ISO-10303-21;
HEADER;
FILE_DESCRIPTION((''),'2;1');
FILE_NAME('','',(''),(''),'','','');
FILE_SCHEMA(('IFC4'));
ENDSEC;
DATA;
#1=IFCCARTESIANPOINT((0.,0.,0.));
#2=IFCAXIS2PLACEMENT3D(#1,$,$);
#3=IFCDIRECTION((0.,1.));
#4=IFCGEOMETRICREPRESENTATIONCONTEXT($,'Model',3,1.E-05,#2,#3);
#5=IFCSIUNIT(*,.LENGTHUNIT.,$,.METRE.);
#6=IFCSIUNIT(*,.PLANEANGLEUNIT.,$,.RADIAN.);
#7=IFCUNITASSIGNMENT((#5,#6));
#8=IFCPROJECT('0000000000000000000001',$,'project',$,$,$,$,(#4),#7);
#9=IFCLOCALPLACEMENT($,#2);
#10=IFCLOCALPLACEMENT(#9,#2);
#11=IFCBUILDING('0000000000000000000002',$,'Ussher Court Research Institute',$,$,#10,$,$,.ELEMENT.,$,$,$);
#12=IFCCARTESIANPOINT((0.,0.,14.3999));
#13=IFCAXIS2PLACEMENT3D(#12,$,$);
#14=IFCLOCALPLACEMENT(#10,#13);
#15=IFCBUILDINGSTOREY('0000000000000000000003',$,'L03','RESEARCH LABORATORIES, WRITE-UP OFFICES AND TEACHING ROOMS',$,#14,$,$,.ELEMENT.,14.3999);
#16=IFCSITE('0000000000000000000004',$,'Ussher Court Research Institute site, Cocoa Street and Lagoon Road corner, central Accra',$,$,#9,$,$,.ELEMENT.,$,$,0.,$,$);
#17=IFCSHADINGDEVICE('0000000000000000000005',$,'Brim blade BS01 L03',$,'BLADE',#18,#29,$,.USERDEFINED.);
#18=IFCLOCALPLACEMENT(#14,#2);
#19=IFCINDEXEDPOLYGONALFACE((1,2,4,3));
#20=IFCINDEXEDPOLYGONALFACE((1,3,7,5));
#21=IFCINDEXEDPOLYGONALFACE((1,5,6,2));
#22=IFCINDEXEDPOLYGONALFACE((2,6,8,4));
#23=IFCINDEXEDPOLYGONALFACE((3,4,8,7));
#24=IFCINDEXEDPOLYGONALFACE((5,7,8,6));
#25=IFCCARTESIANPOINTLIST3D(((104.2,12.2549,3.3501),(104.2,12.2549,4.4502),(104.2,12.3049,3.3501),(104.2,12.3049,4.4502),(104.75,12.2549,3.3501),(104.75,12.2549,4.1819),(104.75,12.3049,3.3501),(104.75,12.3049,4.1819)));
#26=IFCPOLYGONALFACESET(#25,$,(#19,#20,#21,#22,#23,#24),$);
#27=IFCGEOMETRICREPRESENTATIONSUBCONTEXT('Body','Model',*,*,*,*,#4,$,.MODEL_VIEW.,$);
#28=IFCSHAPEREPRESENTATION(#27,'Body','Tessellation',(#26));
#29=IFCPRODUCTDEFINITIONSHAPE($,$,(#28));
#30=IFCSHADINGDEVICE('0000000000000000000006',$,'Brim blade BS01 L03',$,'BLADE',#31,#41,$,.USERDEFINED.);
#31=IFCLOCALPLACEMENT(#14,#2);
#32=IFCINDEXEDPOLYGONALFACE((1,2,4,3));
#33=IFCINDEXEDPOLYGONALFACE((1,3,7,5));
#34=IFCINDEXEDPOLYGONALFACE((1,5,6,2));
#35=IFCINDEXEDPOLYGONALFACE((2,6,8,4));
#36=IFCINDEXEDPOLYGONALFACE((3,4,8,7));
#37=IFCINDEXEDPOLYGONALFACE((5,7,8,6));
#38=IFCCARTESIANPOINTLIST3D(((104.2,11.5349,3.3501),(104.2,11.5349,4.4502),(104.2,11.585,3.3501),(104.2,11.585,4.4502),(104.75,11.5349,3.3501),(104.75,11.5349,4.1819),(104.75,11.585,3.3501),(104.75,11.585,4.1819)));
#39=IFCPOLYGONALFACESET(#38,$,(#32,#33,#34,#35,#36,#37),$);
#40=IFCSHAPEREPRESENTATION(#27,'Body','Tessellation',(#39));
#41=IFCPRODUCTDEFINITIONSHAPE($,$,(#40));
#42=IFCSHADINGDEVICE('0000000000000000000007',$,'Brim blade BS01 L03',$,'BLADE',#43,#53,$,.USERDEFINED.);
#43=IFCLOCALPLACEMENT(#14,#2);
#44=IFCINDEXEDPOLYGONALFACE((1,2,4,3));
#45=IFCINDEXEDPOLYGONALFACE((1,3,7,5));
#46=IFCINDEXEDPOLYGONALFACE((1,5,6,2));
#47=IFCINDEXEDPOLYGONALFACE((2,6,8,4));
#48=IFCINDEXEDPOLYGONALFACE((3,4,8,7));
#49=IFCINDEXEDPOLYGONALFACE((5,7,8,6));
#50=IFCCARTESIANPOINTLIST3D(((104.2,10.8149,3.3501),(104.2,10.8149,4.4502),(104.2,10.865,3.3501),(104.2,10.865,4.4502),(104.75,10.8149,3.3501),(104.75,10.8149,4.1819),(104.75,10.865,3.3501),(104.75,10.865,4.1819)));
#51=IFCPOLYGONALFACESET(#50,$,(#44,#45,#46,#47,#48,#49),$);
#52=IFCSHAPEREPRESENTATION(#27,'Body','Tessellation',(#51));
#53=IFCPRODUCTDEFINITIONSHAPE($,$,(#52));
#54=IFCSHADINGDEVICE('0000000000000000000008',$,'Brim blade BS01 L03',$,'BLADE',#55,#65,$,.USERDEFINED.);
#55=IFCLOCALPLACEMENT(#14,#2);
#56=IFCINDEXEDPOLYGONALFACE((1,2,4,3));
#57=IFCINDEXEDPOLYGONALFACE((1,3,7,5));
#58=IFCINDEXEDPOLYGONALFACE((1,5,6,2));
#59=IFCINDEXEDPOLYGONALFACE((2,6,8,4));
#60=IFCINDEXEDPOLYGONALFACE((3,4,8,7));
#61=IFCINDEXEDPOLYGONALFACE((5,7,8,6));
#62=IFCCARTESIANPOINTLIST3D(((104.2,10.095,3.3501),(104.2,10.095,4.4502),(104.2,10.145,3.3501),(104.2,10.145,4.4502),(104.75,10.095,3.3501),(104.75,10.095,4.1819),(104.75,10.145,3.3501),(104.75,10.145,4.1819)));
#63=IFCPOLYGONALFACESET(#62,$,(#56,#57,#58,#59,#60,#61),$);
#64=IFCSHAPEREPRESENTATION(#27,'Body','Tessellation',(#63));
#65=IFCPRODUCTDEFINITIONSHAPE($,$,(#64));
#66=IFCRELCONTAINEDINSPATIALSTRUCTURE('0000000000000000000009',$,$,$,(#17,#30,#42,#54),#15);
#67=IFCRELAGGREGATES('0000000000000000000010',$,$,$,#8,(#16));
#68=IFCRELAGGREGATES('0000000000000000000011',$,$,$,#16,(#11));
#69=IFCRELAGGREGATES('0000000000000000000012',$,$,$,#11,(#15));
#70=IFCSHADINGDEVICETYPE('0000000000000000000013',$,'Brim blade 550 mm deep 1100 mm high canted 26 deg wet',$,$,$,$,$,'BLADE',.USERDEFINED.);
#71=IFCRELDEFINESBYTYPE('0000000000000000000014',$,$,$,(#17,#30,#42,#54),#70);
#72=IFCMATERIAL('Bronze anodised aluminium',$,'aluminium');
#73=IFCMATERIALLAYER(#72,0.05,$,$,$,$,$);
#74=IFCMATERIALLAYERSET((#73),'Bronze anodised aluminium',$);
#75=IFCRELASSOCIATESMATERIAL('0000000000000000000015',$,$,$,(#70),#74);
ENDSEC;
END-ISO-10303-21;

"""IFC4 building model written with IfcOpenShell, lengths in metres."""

from ifc_helpers import new_model, si_unit, direction, frame, origin, place, context, subcontext, project, spatial, polyline, outline, extrude, material, layer, layer_set, type_object, element, save


model = new_model("IFC4")

# Units and contexts
model_context = context("Model", 3, precision=1e-05, world=origin(), true_north=direction((0.0, 1.0)))
body_context = subcontext(model_context, "Body", "Model", "MODEL_VIEW")
ifc_project = project(units=[si_unit("LENGTHUNIT", "METRE"), si_unit("PLANEANGLEUNIT", "RADIAN")], contexts=[model_context])

# Site, building, storey
site_placement = place(None, origin())
site = spatial("IfcSite", under=ifc_project, at=site_placement, Name="Ussher Court Research Institute site, Cocoa Street and Lagoon Road corner, central Accra", CompositionType="ELEMENT", RefElevation=0.0)
building_placement = place(site_placement, origin())
building = spatial("IfcBuilding", under=site, at=building_placement, Name="Ussher Court Research Institute", CompositionType="ELEMENT")
storey_placement = place(building_placement, frame((0.0, 0.0, 14.3999)))
storey = spatial("IfcBuildingStorey", under=building, at=storey_placement, Name="L03", Description="RESEARCH LABORATORIES, WRITE-UP OFFICES AND TEACHING ROOMS", CompositionType="ELEMENT", Elevation=14.3999)

# Shading devices
ifc_material_1 = material(Name="Bronze anodised aluminium", Category="aluminium")
ifc_layer_1 = layer(ifc_material_1, 0.05)
ifc_layer_set_1 = layer_set([ifc_layer_1], Name="Bronze anodised aluminium")
shading_device_type_1 = type_object("IfcShadingDeviceType", Name="Brim blade 550 mm deep 1100 mm high canted 26 deg wet", ElementType="BLADE", PredefinedType="USERDEFINED", material=ifc_layer_set_1)
for number, where, z_axis, x_axis, name in (
    (1, (104.2, 12.28, 3.3501), (0.0, 0.0, 1.0), (1.0, 0.0, 0.0), "Brim blade BS01 L03"),
    (2, (104.2, 11.5601, 3.3501), (0.0, 0.0, 1.0), (1.0, 0.0, 0.0), "Brim blade BS01 L03"),
    (3, (104.2, 10.8401, 3.3501), (0.0, 0.0, 1.0), (1.0, 0.0, 0.0), "Brim blade BS01 L03"),
    (4, (104.2, 10.1201, 3.3501), (0.0, 0.0, 1.0), (1.0, 0.0, 0.0), "Brim blade BS01 L03"),
):
    element("IfcShadingDevice", number, at=place(storey_placement, frame(where, z_axis=z_axis, x_axis=x_axis)), inside=storey, type_object=shading_device_type_1, Name=name, ObjectType="BLADE", PredefinedType="USERDEFINED", context=body_context, shape_type="SweptSolid", body=[
        extrude(outline(polyline([(0.0, 0.0), (0.55, 0.0), (0.55, 0.8318), (0.0, 1.1001), (0.0, 0.0)])), frame((0.0, 0.0249, 0.0), z_axis=(0.0, -1.0, 0.0), x_axis=(1.0, 0.0, 0.0)), (0.0, 0.0, 1.0), 0.05),
    ])

save(model, "model.ifc")
